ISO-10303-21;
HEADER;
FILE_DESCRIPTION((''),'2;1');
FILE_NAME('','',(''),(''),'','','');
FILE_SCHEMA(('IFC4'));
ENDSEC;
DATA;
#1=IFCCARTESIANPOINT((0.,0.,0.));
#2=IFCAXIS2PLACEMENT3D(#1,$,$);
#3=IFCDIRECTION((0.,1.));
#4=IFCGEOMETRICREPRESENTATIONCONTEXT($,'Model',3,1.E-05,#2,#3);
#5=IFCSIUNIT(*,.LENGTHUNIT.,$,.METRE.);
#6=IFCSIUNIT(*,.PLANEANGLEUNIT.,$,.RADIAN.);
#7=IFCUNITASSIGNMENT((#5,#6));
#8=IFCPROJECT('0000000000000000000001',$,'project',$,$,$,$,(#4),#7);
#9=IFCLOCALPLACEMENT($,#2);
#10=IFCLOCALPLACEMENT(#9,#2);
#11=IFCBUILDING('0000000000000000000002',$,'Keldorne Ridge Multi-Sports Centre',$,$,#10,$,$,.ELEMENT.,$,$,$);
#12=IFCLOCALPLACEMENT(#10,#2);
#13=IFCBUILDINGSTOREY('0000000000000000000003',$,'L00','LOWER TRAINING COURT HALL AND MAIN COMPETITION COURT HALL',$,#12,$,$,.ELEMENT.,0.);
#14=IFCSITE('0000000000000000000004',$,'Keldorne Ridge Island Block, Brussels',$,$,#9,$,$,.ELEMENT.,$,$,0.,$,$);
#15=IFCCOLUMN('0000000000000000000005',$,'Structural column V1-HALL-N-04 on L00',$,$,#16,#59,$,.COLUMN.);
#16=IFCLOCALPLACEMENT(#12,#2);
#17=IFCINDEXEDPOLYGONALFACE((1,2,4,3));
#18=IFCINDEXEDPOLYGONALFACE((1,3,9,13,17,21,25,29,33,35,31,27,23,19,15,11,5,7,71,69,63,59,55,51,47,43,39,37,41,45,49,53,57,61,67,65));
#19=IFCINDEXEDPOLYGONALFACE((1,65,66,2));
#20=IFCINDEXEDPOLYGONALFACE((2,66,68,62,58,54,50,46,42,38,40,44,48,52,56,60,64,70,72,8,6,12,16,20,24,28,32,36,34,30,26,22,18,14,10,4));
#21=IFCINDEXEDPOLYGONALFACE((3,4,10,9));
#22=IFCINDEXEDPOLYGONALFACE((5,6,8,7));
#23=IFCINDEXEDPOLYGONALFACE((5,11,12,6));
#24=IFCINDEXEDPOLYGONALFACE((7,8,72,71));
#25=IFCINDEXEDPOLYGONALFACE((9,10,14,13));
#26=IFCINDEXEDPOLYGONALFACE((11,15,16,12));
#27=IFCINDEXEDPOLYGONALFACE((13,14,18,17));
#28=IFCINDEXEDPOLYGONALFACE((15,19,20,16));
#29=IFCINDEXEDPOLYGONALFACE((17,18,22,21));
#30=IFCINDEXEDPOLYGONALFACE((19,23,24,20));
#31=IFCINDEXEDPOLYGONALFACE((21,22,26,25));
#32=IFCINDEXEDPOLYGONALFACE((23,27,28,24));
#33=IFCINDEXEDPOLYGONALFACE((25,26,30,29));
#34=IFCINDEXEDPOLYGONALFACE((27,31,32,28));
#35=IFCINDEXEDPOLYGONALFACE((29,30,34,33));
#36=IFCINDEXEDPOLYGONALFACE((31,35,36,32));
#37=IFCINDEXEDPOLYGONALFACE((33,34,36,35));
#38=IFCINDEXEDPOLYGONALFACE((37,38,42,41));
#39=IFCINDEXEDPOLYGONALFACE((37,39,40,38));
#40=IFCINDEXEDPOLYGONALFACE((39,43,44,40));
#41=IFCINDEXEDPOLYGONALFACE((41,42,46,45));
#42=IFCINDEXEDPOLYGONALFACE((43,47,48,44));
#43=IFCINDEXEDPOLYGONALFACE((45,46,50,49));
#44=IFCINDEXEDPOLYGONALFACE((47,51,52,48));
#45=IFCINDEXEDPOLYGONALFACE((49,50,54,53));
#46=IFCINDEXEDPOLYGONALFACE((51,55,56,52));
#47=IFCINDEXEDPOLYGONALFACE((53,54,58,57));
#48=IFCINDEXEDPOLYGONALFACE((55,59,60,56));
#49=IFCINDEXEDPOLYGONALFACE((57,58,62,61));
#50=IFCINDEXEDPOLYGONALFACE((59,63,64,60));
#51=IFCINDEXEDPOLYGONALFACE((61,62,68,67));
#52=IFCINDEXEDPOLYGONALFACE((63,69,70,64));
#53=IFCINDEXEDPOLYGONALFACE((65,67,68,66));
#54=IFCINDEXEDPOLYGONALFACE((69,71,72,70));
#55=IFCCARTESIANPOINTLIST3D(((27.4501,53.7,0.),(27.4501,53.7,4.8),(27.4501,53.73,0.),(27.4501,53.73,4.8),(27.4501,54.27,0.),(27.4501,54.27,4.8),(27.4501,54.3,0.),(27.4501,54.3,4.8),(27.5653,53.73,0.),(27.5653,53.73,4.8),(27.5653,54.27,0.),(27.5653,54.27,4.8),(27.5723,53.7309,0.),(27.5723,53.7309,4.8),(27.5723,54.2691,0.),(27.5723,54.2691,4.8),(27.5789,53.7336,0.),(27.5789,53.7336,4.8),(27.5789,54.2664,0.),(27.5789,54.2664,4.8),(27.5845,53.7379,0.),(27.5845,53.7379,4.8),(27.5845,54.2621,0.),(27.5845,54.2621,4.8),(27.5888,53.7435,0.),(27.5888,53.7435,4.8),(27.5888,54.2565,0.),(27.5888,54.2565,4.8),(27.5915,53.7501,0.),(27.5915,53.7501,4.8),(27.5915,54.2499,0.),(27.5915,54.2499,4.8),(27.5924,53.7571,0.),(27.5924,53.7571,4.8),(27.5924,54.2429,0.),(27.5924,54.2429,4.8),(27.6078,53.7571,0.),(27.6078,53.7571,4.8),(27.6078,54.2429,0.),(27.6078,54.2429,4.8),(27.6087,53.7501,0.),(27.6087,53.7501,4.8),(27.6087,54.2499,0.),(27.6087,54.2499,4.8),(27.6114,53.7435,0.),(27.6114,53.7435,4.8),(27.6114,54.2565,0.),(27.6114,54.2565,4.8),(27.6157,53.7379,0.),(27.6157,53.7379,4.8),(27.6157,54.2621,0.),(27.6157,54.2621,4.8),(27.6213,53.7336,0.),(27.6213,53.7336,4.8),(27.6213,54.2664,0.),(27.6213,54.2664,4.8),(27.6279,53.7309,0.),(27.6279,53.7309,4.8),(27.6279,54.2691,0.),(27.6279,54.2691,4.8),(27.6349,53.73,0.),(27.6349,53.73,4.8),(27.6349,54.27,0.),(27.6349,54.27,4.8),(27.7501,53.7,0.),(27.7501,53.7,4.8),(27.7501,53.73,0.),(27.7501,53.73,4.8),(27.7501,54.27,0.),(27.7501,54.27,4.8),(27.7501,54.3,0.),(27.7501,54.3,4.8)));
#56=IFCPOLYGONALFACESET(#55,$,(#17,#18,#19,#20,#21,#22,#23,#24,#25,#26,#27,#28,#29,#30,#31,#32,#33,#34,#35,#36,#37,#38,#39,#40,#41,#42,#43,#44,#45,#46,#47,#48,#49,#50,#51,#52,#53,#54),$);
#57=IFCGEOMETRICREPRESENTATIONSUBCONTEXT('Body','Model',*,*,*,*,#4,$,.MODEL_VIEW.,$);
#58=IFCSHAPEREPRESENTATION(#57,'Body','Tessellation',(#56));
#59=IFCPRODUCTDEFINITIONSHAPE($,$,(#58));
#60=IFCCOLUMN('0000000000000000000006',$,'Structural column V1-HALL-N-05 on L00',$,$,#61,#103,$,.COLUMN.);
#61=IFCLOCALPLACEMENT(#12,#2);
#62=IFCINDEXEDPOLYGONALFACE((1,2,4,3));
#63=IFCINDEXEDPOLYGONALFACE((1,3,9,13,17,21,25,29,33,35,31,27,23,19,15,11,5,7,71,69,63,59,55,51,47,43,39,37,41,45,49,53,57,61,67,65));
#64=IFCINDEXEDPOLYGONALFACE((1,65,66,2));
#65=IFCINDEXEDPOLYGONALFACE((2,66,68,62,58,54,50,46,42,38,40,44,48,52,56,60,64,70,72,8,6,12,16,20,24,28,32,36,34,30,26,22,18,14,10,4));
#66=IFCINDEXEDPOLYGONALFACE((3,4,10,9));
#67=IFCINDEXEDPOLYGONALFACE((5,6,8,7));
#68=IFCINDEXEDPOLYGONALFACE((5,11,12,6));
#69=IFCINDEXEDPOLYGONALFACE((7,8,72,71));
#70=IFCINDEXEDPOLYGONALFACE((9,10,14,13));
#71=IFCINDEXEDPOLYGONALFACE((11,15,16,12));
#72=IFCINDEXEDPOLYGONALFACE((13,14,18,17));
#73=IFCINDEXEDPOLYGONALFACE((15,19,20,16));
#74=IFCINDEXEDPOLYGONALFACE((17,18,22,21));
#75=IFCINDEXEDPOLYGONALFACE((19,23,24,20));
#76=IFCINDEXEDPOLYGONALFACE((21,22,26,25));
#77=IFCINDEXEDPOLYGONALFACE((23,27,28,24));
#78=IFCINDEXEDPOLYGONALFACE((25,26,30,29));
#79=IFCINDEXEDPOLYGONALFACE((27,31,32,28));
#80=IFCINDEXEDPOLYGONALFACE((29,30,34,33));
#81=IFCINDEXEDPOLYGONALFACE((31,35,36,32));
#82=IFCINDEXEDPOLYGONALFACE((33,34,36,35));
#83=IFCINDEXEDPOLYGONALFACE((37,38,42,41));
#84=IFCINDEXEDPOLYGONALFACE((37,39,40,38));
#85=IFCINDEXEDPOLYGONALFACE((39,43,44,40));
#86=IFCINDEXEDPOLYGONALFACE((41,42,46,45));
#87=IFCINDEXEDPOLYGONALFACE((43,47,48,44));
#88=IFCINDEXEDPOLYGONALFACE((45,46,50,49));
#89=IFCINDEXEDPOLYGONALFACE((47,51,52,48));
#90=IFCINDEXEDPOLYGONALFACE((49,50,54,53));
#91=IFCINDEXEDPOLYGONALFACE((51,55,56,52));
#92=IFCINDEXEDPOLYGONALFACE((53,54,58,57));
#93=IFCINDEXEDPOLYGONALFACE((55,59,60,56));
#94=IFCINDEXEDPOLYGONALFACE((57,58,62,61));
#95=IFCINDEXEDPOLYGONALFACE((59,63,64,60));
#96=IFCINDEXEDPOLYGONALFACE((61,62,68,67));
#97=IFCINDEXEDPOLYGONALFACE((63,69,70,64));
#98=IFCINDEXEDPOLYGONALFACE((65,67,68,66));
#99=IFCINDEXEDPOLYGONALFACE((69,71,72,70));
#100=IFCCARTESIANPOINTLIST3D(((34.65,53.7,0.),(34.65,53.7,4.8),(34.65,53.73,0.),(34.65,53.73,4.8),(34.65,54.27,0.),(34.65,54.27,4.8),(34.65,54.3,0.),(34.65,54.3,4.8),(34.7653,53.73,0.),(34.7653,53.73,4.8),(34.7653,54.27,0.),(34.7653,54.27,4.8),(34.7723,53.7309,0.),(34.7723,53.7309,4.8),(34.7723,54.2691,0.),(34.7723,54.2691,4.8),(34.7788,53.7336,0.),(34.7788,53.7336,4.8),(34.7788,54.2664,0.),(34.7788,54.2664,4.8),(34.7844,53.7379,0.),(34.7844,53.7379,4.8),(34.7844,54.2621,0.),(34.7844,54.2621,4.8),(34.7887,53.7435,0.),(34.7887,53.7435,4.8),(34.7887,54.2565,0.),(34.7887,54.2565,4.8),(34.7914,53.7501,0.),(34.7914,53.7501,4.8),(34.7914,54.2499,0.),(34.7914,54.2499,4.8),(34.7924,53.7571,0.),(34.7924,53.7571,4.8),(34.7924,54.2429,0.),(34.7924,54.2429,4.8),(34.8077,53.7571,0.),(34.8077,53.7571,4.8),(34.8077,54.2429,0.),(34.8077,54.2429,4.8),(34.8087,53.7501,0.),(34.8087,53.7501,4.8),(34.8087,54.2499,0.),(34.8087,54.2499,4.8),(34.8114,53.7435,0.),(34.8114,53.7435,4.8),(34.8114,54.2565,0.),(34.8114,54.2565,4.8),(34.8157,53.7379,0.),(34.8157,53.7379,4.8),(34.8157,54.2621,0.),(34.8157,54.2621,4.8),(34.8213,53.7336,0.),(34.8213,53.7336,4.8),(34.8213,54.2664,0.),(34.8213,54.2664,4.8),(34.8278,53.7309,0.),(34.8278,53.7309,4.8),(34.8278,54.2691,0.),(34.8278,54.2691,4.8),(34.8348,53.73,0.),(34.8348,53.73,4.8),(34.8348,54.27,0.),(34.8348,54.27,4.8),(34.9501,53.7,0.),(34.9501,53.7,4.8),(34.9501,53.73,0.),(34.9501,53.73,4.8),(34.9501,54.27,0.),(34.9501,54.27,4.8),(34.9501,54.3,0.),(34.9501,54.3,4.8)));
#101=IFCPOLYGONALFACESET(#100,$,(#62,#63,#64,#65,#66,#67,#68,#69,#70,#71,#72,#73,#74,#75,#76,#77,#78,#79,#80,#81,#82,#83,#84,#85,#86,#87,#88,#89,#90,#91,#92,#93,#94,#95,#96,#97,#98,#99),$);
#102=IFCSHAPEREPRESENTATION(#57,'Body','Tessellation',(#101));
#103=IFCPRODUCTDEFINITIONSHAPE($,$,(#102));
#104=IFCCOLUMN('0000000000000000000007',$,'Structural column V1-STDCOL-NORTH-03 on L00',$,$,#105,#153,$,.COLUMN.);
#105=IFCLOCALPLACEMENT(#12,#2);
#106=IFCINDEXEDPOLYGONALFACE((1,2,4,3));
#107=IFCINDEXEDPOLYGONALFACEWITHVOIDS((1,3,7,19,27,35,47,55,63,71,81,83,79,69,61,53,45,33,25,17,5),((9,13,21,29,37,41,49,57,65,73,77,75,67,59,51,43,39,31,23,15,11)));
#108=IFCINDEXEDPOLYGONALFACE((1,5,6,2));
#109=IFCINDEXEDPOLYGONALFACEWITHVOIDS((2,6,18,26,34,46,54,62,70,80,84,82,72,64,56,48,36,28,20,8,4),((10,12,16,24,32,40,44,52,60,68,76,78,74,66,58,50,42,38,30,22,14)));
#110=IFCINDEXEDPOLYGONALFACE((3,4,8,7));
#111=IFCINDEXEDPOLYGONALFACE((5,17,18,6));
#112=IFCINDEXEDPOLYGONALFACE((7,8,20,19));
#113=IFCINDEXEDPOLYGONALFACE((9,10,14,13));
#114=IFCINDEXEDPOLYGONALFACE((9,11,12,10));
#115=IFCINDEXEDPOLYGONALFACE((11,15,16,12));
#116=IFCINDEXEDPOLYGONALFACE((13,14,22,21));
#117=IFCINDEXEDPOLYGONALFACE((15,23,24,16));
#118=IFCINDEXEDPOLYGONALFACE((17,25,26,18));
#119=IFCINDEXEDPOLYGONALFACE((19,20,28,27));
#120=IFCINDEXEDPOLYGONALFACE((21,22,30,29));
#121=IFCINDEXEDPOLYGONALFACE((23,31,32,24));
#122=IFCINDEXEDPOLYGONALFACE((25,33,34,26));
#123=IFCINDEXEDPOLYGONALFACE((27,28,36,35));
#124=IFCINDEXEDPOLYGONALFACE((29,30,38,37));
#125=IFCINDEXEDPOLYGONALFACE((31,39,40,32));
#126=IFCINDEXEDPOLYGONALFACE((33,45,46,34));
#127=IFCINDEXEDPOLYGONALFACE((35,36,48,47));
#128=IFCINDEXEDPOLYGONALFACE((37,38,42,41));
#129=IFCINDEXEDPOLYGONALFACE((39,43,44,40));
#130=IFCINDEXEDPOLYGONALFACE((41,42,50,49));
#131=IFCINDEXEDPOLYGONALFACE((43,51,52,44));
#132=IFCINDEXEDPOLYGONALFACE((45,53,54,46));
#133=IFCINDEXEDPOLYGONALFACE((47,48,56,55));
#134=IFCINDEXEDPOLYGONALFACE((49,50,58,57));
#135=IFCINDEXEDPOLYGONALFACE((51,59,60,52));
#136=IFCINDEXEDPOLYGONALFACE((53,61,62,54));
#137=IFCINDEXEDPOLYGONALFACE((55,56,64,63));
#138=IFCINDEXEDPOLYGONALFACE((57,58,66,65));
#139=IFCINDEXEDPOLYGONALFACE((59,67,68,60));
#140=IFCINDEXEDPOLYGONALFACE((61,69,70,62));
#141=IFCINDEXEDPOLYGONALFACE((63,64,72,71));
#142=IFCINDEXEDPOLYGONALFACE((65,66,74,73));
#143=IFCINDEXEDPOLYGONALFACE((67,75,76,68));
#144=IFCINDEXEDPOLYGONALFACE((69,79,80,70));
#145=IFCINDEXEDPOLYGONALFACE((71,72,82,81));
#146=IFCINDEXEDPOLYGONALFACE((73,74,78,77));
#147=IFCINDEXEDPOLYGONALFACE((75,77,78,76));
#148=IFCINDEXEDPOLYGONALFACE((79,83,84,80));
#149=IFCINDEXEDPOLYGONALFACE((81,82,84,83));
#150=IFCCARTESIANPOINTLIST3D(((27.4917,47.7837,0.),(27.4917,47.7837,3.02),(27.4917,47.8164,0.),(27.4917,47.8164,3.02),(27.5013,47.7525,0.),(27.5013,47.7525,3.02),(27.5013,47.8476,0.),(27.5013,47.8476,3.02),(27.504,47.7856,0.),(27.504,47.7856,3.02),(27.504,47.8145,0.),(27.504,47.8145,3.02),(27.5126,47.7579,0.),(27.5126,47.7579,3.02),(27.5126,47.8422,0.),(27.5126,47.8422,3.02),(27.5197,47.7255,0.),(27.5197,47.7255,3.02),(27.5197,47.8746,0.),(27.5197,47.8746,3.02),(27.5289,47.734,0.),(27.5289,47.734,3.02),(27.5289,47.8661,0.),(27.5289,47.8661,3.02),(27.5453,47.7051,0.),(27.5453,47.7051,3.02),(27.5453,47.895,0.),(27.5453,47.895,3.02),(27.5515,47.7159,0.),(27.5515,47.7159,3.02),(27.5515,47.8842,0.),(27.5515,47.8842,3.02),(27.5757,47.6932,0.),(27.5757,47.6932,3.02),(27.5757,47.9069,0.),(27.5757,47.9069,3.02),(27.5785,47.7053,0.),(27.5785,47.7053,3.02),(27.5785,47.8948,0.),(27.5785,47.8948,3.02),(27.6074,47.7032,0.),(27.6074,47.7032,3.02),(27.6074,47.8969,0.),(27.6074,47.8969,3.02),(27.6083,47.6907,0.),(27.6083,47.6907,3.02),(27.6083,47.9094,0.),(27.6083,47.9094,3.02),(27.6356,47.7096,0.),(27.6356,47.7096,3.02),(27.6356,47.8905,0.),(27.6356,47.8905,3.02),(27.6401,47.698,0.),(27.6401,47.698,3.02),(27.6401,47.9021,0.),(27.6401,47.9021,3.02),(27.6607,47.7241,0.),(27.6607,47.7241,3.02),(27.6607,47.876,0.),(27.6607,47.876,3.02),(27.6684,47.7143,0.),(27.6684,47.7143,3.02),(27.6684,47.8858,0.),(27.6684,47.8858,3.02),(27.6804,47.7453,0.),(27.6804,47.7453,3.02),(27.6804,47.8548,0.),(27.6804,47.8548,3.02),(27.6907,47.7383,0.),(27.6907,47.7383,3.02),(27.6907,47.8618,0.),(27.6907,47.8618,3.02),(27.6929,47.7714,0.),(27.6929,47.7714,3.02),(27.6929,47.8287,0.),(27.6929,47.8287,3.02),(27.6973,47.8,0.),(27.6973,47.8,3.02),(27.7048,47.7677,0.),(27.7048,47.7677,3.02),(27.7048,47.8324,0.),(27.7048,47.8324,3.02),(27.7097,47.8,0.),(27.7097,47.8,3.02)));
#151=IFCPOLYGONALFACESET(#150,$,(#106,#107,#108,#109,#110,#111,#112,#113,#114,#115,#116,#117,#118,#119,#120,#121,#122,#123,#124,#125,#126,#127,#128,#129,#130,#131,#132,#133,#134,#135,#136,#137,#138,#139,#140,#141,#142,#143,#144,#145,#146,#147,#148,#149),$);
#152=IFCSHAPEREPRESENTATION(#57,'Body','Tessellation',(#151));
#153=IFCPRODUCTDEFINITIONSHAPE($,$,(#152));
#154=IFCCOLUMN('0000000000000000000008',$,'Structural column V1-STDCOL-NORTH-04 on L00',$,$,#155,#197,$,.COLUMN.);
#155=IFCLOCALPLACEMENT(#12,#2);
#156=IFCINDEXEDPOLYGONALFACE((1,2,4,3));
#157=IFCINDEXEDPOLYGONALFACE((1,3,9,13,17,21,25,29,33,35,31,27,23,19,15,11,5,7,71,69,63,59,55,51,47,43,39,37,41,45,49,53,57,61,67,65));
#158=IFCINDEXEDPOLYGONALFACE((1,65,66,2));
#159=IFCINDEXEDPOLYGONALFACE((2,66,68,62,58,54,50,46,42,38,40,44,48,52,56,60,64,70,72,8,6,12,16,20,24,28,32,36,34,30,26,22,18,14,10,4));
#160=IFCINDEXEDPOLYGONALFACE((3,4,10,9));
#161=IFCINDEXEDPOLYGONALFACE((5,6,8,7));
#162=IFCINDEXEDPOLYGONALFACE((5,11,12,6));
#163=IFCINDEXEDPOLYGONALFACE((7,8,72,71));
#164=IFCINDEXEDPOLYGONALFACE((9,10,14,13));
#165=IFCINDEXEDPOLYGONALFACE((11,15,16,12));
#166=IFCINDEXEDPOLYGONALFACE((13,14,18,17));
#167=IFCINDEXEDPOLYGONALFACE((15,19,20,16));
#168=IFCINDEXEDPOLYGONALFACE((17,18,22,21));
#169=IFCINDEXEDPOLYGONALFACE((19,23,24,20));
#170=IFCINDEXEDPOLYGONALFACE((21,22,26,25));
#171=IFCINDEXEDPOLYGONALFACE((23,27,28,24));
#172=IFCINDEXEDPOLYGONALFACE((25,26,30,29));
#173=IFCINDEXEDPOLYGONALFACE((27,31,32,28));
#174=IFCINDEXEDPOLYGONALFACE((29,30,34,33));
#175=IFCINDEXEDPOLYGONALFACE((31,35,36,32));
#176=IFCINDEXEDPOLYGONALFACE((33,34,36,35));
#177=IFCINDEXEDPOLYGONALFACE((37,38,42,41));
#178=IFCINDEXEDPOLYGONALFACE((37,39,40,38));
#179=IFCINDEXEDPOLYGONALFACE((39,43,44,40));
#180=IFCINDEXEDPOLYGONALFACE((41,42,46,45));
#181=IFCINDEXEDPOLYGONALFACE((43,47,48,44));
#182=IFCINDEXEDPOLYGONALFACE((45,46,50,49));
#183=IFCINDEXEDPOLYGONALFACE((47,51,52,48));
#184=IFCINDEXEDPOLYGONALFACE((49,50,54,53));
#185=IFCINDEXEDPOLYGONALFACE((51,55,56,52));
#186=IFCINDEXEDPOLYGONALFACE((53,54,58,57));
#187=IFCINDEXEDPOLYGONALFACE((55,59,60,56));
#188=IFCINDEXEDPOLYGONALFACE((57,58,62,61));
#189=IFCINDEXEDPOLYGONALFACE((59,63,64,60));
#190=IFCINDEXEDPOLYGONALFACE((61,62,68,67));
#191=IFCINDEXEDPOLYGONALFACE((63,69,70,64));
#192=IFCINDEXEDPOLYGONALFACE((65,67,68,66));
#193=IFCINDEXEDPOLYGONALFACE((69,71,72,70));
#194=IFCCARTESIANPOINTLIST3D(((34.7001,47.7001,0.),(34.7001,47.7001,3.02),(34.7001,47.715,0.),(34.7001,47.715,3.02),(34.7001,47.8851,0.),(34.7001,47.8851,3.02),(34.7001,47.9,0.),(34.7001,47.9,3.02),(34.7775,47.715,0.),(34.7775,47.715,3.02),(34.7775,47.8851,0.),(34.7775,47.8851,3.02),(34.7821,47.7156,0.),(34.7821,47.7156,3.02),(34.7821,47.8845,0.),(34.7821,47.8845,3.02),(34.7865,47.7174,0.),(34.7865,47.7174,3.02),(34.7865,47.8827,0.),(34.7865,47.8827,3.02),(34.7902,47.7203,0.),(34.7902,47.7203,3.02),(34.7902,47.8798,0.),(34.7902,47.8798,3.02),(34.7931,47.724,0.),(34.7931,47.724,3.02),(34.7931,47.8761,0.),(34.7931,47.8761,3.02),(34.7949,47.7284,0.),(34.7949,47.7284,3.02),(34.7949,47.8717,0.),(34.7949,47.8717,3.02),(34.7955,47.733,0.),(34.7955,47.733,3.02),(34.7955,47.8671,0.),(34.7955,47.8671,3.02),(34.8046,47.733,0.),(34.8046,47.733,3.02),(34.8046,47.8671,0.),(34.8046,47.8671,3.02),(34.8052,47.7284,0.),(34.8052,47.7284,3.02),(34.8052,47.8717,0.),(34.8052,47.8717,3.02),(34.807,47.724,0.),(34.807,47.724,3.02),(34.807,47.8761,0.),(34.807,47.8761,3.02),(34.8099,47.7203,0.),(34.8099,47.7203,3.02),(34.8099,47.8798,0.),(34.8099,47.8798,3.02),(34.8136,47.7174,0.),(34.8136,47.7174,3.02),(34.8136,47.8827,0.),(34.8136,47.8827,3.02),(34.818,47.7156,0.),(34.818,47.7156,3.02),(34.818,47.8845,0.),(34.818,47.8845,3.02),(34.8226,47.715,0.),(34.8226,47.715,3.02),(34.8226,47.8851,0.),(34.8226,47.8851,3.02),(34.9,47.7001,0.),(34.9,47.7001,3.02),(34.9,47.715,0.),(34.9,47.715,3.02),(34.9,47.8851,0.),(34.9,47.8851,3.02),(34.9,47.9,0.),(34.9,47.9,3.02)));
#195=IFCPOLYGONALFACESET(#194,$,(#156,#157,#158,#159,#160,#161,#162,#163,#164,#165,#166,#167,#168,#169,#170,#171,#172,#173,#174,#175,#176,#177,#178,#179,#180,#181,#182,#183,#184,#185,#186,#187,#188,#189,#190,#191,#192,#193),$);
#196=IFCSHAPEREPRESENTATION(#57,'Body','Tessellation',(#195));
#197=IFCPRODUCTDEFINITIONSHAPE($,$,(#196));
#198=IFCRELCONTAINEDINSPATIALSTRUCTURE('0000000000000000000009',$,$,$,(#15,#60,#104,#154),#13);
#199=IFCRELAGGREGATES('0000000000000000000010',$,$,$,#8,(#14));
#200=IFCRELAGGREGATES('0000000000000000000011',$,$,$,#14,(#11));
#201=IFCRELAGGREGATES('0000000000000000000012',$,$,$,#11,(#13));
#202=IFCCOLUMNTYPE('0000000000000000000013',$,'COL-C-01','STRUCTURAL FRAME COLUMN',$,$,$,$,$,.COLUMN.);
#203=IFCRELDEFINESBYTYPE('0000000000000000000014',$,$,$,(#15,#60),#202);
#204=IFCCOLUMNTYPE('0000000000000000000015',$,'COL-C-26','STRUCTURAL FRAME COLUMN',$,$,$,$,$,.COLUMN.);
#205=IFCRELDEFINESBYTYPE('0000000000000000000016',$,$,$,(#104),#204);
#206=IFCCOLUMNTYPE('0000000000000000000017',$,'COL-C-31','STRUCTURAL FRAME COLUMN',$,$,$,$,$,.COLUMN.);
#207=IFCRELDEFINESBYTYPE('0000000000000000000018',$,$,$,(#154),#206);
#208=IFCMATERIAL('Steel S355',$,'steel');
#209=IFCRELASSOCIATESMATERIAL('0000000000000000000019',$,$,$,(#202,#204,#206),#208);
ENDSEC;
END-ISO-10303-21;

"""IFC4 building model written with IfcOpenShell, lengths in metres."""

from ifc_helpers import new_model, si_unit, direction, frame, origin, origin_2d, place, context, subcontext, project, spatial, hollow_circle, i_section, extrude, material, material_profile, profile_set, type_object, element, save


model = new_model("IFC4")

# Units and contexts
model_context = context("Model", 3, precision=1e-05, world=origin(), true_north=direction((0.0, 1.0)))
body_context = subcontext(model_context, "Body", "Model", "MODEL_VIEW")
ifc_project = project(units=[si_unit("LENGTHUNIT", "METRE"), si_unit("PLANEANGLEUNIT", "RADIAN")], contexts=[model_context])

# Site, building, storey
site_placement = place(None, origin())
site = spatial("IfcSite", under=ifc_project, at=site_placement, Name="Keldorne Ridge Island Block, Brussels", CompositionType="ELEMENT", RefElevation=0.0)
building_placement = place(site_placement, origin())
building = spatial("IfcBuilding", under=site, at=building_placement, Name="Keldorne Ridge Multi-Sports Centre", CompositionType="ELEMENT")
storey_placement = place(building_placement, origin())
storey = spatial("IfcBuildingStorey", under=building, at=storey_placement, Name="L00", Description="LOWER TRAINING COURT HALL AND MAIN COMPETITION COURT HALL", CompositionType="ELEMENT", Elevation=0.0)

# Columns
ifc_material_1 = material(Name="Steel S355", Category="steel")
ifc_material_profile_1 = material_profile(ifc_material_1, i_section(OverallWidth=0.3, OverallDepth=0.6001, WebThickness=0.0154, FlangeThickness=0.03, FilletRadius=0.0271, at=origin_2d()), Name="HEB 600")
ifc_profile_set_1 = profile_set([ifc_material_profile_1], Name="Steel S355")
column_type_1 = type_object("IfcColumnType", Name="COL-C-01", Description="STRUCTURAL FRAME COLUMN", PredefinedType="COLUMN", material=ifc_profile_set_1)
for number, where, z_axis, x_axis, name in (
    (1, (27.6001, 54.0, 0.0), (0.0, 0.0, 1.0), (1.0, 0.0, 0.0), "Structural column V1-HALL-N-04 on L00"),
    (2, (34.8, 54.0, 0.0), (0.0, 0.0, 1.0), (1.0, 0.0, 0.0), "Structural column V1-HALL-N-05 on L00"),
):
    element("IfcColumn", number, at=place(storey_placement, frame(where, z_axis=z_axis, x_axis=x_axis)), inside=storey, type_object=column_type_1, Name=name, PredefinedType="COLUMN", context=body_context, shape_type="SweptSolid", body=[
        extrude(i_section(OverallWidth=0.3, OverallDepth=0.6001, WebThickness=0.0154, FlangeThickness=0.03, FilletRadius=0.0271, at=origin_2d()), origin(), (0.0, 0.0, 1.0), 4.8),
    ])
ifc_material_profile_2 = material_profile(ifc_material_1, hollow_circle(Radius=0.1096, WallThickness=0.0125, at=origin_2d()), Name="CHS 219.1x12.5")
ifc_profile_set_2 = profile_set([ifc_material_profile_2], Name="Steel S355")
column_type_2 = type_object("IfcColumnType", Name="COL-C-26", Description="STRUCTURAL FRAME COLUMN", PredefinedType="COLUMN", material=ifc_profile_set_2)
column_1_placement = place(storey_placement, frame((27.6001, 47.8, 0.0), z_axis=(0.0, 0.0, 1.0), x_axis=(1.0, 0.0, 0.0)))
element("IfcColumn", 3, at=column_1_placement, inside=storey, type_object=column_type_2, Name="Structural column V1-STDCOL-NORTH-03 on L00", PredefinedType="COLUMN", context=body_context, shape_type="SweptSolid", body=[
    extrude(hollow_circle(Radius=0.1096, WallThickness=0.0125, at=origin_2d()), origin(), (0.0, 0.0, 1.0), 3.02),
])
ifc_material_profile_3 = material_profile(ifc_material_1, i_section(OverallWidth=0.2, OverallDepth=0.2, WebThickness=0.009, FlangeThickness=0.0149, FilletRadius=0.0181, at=origin_2d()), Name="HEB 200")
ifc_profile_set_3 = profile_set([ifc_material_profile_3], Name="Steel S355")
column_type_3 = type_object("IfcColumnType", Name="COL-C-31", Description="STRUCTURAL FRAME COLUMN", PredefinedType="COLUMN", material=ifc_profile_set_3)
column_2_placement = place(storey_placement, frame((34.8, 47.8, 0.0), z_axis=(0.0, 0.0, 1.0), x_axis=(1.0, 0.0, 0.0)))
element("IfcColumn", 4, at=column_2_placement, inside=storey, type_object=column_type_3, Name="Structural column V1-STDCOL-NORTH-04 on L00", PredefinedType="COLUMN", context=body_context, shape_type="SweptSolid", body=[
    extrude(i_section(OverallWidth=0.2, OverallDepth=0.2, WebThickness=0.009, FlangeThickness=0.0149, FilletRadius=0.0181, at=origin_2d()), origin(), (0.0, 0.0, 1.0), 3.02),
])

save(model, "model.ifc")
